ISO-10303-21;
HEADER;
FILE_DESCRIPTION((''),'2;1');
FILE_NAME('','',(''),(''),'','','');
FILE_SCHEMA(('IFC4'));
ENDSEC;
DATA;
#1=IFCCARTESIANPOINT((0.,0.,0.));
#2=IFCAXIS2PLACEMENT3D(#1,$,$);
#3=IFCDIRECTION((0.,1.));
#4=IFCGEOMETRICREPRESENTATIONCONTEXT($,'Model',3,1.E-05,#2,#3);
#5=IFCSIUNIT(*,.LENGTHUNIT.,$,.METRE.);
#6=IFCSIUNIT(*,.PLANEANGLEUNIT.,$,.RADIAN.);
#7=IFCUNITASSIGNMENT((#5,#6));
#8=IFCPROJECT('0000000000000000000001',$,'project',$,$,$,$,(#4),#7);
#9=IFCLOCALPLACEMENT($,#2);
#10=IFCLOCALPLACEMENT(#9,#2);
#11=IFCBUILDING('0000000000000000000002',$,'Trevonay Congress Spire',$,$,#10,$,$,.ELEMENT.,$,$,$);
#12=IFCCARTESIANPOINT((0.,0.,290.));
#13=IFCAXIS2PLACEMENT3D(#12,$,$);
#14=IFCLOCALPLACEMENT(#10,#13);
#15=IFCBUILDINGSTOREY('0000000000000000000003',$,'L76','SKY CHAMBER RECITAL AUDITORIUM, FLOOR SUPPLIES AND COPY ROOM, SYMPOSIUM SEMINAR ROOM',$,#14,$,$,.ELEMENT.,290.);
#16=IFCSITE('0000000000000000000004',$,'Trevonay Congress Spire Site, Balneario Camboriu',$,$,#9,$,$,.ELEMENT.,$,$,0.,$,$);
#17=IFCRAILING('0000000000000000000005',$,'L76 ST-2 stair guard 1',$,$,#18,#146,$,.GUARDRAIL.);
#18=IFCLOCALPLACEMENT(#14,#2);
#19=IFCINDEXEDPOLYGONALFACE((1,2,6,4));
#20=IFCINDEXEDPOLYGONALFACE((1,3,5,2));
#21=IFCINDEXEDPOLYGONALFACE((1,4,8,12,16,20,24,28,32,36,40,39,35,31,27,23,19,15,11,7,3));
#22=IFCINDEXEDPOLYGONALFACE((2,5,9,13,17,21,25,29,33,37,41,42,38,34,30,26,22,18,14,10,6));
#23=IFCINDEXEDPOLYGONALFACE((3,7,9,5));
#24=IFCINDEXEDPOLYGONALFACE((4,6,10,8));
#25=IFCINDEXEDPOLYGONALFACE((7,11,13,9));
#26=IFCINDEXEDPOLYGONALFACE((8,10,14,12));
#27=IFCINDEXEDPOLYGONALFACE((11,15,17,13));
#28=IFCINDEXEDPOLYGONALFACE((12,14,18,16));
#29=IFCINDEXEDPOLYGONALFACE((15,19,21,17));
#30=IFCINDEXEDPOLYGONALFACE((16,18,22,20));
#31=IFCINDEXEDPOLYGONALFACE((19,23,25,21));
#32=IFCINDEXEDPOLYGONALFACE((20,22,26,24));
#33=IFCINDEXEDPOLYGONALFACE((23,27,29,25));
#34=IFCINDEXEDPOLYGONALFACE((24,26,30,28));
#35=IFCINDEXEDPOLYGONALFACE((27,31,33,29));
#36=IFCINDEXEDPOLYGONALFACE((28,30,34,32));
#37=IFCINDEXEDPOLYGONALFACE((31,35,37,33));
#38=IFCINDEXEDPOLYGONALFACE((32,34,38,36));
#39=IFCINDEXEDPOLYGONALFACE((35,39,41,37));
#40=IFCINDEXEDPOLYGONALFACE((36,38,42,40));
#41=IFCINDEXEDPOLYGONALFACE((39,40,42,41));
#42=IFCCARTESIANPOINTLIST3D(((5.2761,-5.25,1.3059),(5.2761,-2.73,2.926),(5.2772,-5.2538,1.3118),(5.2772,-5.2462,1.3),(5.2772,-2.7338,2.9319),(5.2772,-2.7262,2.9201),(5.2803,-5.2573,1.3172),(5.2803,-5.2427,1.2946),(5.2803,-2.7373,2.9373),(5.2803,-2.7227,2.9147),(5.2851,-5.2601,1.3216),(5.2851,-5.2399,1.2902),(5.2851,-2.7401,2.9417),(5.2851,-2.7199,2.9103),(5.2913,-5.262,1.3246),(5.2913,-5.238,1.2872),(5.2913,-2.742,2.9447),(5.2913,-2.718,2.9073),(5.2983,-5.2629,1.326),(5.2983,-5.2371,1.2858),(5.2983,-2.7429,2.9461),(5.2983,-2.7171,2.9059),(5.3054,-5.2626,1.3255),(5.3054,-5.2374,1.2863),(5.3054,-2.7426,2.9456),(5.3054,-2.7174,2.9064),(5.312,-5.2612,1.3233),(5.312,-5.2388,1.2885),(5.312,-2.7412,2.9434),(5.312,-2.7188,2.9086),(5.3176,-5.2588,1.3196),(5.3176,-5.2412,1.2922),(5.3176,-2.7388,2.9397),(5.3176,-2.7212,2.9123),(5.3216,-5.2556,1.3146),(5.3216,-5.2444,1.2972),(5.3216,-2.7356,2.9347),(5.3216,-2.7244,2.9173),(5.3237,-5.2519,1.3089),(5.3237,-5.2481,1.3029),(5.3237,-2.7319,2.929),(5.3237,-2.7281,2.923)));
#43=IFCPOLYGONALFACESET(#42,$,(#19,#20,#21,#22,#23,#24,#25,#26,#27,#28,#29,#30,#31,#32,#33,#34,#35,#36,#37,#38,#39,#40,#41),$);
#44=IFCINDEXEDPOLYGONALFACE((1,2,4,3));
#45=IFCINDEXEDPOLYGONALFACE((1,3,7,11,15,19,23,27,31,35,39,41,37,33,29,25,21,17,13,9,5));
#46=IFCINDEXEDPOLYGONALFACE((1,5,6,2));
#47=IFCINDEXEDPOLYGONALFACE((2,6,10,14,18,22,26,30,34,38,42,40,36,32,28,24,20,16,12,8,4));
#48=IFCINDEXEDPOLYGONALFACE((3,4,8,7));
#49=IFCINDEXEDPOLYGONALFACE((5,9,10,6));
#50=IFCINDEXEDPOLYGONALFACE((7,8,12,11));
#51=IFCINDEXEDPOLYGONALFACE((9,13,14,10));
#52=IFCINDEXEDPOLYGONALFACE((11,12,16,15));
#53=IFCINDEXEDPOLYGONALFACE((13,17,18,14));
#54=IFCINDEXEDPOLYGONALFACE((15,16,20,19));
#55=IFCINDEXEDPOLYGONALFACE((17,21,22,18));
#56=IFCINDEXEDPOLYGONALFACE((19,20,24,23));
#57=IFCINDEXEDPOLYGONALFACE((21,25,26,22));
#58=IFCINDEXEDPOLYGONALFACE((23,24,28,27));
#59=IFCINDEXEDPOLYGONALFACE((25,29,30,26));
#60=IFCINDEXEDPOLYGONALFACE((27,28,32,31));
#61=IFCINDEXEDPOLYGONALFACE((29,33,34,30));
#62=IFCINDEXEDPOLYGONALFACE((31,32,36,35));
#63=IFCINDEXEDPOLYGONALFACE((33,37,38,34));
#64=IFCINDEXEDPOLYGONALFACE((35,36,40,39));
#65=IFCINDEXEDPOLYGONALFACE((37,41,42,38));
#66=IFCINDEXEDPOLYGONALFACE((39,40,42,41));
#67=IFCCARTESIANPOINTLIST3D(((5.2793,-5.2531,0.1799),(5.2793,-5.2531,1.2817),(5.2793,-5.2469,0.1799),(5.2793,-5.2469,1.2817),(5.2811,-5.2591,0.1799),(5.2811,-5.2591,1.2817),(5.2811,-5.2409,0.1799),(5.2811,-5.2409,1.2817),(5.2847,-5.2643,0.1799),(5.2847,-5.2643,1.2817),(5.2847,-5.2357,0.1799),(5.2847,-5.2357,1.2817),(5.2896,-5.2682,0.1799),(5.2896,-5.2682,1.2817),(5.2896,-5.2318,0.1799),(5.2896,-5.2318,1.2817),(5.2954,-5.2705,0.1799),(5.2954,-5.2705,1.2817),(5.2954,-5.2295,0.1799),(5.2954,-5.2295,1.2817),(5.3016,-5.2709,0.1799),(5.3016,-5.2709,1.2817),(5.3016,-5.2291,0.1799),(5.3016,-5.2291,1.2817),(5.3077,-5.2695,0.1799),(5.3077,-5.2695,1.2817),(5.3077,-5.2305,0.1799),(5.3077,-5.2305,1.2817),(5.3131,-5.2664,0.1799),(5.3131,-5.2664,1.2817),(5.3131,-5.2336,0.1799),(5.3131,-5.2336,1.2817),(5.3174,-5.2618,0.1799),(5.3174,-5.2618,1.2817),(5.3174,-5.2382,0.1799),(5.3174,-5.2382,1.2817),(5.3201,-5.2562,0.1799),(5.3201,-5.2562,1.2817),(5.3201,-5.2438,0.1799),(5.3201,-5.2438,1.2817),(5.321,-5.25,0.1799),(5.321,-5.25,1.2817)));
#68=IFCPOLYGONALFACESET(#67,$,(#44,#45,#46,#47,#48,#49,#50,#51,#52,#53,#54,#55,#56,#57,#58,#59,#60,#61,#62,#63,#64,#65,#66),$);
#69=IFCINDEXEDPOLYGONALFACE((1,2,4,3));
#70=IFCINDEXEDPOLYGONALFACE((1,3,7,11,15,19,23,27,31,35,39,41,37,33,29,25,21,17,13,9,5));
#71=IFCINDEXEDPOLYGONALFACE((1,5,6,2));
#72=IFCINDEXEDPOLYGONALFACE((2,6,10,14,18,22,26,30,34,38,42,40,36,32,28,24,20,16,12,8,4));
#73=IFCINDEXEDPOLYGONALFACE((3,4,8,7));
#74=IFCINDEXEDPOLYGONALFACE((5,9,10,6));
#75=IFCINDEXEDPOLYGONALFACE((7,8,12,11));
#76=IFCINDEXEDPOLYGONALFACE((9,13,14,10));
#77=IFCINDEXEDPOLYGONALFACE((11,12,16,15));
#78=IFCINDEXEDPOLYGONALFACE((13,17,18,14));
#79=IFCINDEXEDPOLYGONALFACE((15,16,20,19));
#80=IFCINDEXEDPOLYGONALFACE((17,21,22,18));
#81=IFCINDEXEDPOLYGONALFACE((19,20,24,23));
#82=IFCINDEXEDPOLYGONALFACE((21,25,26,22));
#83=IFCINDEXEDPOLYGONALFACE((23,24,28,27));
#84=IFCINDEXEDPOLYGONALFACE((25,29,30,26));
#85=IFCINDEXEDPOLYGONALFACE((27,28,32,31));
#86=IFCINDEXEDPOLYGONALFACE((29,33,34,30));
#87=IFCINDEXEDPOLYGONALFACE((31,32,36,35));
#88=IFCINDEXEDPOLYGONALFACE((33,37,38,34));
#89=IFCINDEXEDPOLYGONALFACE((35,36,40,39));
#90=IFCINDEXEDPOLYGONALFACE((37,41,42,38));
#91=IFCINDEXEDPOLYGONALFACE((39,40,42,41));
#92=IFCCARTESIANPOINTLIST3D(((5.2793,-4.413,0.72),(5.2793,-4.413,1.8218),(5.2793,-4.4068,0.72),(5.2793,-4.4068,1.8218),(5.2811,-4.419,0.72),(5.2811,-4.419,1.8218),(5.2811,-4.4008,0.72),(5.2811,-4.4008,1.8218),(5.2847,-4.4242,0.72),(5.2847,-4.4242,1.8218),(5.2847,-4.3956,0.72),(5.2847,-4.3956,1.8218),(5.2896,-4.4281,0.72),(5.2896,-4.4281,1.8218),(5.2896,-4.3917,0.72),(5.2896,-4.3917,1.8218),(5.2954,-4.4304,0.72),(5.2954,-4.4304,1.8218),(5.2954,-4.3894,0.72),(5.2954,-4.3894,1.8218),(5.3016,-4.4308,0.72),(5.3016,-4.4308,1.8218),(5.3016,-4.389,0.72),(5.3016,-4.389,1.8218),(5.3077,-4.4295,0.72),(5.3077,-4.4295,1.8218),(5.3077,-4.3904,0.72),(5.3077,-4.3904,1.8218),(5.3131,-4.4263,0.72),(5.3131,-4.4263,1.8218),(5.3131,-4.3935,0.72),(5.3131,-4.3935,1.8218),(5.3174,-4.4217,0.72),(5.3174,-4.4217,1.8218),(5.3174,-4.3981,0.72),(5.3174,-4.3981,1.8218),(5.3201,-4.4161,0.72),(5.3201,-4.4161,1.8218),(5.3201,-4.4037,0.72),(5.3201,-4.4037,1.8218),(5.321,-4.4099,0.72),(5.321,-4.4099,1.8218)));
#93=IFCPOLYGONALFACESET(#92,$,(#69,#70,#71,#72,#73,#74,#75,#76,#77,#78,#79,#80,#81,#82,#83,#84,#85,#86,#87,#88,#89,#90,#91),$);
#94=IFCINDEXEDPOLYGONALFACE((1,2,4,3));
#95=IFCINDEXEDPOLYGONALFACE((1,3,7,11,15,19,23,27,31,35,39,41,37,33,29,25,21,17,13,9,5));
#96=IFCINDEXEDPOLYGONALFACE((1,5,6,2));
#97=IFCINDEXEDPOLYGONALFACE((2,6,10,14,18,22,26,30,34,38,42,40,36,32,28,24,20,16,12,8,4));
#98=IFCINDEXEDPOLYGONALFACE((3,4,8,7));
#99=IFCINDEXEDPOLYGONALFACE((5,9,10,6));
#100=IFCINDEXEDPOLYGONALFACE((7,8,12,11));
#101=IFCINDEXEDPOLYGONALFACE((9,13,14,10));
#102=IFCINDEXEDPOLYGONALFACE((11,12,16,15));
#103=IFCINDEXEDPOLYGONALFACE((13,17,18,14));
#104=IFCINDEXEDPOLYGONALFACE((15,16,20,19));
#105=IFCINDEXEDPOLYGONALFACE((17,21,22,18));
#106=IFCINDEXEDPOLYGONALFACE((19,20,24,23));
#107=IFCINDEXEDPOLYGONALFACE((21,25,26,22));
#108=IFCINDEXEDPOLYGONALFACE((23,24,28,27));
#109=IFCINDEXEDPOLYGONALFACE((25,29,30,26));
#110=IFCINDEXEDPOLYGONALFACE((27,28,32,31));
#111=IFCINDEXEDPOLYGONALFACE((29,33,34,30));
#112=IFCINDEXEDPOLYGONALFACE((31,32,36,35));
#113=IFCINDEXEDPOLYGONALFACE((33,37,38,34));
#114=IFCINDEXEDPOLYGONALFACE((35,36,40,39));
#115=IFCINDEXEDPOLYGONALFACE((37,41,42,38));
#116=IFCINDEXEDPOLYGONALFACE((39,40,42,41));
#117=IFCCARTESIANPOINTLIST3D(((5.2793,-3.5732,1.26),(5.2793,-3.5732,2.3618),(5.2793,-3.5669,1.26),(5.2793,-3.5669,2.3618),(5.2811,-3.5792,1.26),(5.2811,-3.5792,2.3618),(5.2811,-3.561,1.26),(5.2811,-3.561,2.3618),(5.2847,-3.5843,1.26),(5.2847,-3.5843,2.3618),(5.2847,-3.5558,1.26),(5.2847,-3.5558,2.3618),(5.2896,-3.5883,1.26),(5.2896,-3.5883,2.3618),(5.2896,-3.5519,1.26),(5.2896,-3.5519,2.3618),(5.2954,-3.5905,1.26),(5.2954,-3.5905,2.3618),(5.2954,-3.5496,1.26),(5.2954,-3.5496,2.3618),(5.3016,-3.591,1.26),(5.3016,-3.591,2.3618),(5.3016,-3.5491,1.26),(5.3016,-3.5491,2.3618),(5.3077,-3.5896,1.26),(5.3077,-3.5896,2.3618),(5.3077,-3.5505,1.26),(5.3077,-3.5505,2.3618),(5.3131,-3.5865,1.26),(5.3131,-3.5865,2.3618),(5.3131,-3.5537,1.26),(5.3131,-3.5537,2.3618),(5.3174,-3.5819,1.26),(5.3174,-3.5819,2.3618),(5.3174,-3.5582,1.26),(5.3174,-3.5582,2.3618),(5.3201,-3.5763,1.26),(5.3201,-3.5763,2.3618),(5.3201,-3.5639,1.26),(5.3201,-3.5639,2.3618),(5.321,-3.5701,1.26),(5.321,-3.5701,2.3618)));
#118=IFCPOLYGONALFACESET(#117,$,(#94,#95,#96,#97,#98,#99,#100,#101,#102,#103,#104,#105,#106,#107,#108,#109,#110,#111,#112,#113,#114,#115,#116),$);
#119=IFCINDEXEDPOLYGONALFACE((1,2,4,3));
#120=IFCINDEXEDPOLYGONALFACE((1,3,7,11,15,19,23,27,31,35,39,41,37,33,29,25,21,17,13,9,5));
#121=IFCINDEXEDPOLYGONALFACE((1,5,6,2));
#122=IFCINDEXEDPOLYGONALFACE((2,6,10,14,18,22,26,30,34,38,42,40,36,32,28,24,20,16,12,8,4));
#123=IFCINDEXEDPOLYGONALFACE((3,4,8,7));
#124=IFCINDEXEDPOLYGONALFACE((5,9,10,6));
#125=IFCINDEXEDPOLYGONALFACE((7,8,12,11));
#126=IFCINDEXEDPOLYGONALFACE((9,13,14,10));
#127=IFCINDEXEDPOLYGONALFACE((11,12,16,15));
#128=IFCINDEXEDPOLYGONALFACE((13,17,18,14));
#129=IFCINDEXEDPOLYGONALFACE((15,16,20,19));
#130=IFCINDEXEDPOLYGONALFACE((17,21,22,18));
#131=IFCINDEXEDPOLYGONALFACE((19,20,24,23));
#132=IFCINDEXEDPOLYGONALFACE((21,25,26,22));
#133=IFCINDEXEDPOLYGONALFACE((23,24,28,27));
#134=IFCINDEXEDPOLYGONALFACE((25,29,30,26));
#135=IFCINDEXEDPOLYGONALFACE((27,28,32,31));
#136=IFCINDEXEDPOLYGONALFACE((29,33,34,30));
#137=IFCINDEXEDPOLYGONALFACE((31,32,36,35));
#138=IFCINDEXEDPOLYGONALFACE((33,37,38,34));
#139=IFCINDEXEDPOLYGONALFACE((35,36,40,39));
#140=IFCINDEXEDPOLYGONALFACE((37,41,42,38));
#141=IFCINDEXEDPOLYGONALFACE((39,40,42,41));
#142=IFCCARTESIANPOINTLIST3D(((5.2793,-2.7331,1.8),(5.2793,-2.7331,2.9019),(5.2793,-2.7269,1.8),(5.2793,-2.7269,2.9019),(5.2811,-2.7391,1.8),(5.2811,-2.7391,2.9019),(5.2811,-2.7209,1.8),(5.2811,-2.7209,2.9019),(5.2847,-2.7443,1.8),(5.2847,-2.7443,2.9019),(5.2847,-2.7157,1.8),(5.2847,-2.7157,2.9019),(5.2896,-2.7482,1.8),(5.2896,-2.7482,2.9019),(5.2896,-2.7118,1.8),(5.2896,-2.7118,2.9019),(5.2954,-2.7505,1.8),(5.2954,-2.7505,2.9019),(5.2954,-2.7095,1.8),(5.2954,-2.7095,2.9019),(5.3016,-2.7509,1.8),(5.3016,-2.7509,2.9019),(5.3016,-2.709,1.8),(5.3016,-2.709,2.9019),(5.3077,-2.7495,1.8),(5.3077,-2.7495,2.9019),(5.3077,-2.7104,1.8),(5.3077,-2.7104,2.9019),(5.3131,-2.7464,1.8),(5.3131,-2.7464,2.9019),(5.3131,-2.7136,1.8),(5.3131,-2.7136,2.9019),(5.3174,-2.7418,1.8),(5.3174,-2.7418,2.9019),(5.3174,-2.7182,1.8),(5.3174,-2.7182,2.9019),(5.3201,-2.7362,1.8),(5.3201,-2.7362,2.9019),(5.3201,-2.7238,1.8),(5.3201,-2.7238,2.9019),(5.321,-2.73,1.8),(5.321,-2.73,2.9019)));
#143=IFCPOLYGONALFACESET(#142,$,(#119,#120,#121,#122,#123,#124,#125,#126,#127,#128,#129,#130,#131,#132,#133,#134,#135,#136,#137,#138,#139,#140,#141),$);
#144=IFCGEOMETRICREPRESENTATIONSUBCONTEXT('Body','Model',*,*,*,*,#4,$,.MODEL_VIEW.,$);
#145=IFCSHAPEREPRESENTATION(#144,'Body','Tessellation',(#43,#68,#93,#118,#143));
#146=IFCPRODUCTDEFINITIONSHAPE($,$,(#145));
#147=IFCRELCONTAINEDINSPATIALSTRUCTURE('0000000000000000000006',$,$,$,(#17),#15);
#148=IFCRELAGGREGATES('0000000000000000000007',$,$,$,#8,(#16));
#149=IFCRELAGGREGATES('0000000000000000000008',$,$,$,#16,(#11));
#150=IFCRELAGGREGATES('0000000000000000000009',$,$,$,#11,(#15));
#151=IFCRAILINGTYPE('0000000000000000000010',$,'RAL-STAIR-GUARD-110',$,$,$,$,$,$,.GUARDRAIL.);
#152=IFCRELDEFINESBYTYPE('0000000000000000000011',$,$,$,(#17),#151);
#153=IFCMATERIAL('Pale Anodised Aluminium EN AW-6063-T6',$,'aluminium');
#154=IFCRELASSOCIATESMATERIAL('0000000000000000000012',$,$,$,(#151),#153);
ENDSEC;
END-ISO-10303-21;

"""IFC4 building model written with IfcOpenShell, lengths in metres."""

from ifc_helpers import new_model, si_unit, direction, frame, origin, origin_2d, place, context, subcontext, project, spatial, circle, extrude, material, type_object, element, save


model = new_model("IFC4")

# Units and contexts
model_context = context("Model", 3, precision=1e-05, world=origin(), true_north=direction((0.0, 1.0)))
body_context = subcontext(model_context, "Body", "Model", "MODEL_VIEW")
ifc_project = project(units=[si_unit("LENGTHUNIT", "METRE"), si_unit("PLANEANGLEUNIT", "RADIAN")], contexts=[model_context])

# Site, building, storey
site_placement = place(None, origin())
site = spatial("IfcSite", under=ifc_project, at=site_placement, Name="Trevonay Congress Spire Site, Balneario Camboriu", CompositionType="ELEMENT", RefElevation=0.0)
building_placement = place(site_placement, origin())
building = spatial("IfcBuilding", under=site, at=building_placement, Name="Trevonay Congress Spire", CompositionType="ELEMENT")
storey_placement = place(building_placement, frame((0.0, 0.0, 290.0)))
storey = spatial("IfcBuildingStorey", under=building, at=storey_placement, Name="L76", Description="SKY CHAMBER RECITAL AUDITORIUM, FLOOR SUPPLIES AND COPY ROOM, SYMPOSIUM SEMINAR ROOM", CompositionType="ELEMENT", Elevation=290.0)

# Shared definitions
ifc_material_1 = material(Name="Pale Anodised Aluminium EN AW-6063-T6", Category="aluminium")

# Railing
railing_type_1 = type_object("IfcRailingType", Name="RAL-STAIR-GUARD-110", PredefinedType="GUARDRAIL", material=ifc_material_1)
railing_1_placement = place(storey_placement, frame((5.3, -5.25, 0.1799)))
element("IfcRailing", 1, at=railing_1_placement, inside=storey, type_object=railing_type_1, Name="L76 ST-2 stair guard 1", PredefinedType="GUARDRAIL", context=body_context, shape_type="SweptSolid", body=[
    extrude(circle(Radius=0.0239, at=origin_2d()), frame((0.0, 0.0, 1.126), z_axis=(0.0, 0.841163, 0.540782), x_axis=(-1.0, 0.0, 0.0)), (0.0, 0.0, 1.0), 2.9958),
    extrude(circle(Radius=0.021, at=origin_2d()), origin(), (0.0, 0.0, 1.0), 1.1018),
    extrude(circle(Radius=0.021, at=origin_2d()), frame((0.0, 0.8401, 0.54)), (0.0, 0.0, 1.0), 1.1018),
    extrude(circle(Radius=0.021, at=origin_2d()), frame((0.0, 1.6799, 1.0801)), (0.0, 0.0, 1.0), 1.1018),
    extrude(circle(Radius=0.021, at=origin_2d()), frame((0.0, 2.52, 1.6201)), (0.0, 0.0, 1.0), 1.1018),
])

save(model, "model.ifc")
